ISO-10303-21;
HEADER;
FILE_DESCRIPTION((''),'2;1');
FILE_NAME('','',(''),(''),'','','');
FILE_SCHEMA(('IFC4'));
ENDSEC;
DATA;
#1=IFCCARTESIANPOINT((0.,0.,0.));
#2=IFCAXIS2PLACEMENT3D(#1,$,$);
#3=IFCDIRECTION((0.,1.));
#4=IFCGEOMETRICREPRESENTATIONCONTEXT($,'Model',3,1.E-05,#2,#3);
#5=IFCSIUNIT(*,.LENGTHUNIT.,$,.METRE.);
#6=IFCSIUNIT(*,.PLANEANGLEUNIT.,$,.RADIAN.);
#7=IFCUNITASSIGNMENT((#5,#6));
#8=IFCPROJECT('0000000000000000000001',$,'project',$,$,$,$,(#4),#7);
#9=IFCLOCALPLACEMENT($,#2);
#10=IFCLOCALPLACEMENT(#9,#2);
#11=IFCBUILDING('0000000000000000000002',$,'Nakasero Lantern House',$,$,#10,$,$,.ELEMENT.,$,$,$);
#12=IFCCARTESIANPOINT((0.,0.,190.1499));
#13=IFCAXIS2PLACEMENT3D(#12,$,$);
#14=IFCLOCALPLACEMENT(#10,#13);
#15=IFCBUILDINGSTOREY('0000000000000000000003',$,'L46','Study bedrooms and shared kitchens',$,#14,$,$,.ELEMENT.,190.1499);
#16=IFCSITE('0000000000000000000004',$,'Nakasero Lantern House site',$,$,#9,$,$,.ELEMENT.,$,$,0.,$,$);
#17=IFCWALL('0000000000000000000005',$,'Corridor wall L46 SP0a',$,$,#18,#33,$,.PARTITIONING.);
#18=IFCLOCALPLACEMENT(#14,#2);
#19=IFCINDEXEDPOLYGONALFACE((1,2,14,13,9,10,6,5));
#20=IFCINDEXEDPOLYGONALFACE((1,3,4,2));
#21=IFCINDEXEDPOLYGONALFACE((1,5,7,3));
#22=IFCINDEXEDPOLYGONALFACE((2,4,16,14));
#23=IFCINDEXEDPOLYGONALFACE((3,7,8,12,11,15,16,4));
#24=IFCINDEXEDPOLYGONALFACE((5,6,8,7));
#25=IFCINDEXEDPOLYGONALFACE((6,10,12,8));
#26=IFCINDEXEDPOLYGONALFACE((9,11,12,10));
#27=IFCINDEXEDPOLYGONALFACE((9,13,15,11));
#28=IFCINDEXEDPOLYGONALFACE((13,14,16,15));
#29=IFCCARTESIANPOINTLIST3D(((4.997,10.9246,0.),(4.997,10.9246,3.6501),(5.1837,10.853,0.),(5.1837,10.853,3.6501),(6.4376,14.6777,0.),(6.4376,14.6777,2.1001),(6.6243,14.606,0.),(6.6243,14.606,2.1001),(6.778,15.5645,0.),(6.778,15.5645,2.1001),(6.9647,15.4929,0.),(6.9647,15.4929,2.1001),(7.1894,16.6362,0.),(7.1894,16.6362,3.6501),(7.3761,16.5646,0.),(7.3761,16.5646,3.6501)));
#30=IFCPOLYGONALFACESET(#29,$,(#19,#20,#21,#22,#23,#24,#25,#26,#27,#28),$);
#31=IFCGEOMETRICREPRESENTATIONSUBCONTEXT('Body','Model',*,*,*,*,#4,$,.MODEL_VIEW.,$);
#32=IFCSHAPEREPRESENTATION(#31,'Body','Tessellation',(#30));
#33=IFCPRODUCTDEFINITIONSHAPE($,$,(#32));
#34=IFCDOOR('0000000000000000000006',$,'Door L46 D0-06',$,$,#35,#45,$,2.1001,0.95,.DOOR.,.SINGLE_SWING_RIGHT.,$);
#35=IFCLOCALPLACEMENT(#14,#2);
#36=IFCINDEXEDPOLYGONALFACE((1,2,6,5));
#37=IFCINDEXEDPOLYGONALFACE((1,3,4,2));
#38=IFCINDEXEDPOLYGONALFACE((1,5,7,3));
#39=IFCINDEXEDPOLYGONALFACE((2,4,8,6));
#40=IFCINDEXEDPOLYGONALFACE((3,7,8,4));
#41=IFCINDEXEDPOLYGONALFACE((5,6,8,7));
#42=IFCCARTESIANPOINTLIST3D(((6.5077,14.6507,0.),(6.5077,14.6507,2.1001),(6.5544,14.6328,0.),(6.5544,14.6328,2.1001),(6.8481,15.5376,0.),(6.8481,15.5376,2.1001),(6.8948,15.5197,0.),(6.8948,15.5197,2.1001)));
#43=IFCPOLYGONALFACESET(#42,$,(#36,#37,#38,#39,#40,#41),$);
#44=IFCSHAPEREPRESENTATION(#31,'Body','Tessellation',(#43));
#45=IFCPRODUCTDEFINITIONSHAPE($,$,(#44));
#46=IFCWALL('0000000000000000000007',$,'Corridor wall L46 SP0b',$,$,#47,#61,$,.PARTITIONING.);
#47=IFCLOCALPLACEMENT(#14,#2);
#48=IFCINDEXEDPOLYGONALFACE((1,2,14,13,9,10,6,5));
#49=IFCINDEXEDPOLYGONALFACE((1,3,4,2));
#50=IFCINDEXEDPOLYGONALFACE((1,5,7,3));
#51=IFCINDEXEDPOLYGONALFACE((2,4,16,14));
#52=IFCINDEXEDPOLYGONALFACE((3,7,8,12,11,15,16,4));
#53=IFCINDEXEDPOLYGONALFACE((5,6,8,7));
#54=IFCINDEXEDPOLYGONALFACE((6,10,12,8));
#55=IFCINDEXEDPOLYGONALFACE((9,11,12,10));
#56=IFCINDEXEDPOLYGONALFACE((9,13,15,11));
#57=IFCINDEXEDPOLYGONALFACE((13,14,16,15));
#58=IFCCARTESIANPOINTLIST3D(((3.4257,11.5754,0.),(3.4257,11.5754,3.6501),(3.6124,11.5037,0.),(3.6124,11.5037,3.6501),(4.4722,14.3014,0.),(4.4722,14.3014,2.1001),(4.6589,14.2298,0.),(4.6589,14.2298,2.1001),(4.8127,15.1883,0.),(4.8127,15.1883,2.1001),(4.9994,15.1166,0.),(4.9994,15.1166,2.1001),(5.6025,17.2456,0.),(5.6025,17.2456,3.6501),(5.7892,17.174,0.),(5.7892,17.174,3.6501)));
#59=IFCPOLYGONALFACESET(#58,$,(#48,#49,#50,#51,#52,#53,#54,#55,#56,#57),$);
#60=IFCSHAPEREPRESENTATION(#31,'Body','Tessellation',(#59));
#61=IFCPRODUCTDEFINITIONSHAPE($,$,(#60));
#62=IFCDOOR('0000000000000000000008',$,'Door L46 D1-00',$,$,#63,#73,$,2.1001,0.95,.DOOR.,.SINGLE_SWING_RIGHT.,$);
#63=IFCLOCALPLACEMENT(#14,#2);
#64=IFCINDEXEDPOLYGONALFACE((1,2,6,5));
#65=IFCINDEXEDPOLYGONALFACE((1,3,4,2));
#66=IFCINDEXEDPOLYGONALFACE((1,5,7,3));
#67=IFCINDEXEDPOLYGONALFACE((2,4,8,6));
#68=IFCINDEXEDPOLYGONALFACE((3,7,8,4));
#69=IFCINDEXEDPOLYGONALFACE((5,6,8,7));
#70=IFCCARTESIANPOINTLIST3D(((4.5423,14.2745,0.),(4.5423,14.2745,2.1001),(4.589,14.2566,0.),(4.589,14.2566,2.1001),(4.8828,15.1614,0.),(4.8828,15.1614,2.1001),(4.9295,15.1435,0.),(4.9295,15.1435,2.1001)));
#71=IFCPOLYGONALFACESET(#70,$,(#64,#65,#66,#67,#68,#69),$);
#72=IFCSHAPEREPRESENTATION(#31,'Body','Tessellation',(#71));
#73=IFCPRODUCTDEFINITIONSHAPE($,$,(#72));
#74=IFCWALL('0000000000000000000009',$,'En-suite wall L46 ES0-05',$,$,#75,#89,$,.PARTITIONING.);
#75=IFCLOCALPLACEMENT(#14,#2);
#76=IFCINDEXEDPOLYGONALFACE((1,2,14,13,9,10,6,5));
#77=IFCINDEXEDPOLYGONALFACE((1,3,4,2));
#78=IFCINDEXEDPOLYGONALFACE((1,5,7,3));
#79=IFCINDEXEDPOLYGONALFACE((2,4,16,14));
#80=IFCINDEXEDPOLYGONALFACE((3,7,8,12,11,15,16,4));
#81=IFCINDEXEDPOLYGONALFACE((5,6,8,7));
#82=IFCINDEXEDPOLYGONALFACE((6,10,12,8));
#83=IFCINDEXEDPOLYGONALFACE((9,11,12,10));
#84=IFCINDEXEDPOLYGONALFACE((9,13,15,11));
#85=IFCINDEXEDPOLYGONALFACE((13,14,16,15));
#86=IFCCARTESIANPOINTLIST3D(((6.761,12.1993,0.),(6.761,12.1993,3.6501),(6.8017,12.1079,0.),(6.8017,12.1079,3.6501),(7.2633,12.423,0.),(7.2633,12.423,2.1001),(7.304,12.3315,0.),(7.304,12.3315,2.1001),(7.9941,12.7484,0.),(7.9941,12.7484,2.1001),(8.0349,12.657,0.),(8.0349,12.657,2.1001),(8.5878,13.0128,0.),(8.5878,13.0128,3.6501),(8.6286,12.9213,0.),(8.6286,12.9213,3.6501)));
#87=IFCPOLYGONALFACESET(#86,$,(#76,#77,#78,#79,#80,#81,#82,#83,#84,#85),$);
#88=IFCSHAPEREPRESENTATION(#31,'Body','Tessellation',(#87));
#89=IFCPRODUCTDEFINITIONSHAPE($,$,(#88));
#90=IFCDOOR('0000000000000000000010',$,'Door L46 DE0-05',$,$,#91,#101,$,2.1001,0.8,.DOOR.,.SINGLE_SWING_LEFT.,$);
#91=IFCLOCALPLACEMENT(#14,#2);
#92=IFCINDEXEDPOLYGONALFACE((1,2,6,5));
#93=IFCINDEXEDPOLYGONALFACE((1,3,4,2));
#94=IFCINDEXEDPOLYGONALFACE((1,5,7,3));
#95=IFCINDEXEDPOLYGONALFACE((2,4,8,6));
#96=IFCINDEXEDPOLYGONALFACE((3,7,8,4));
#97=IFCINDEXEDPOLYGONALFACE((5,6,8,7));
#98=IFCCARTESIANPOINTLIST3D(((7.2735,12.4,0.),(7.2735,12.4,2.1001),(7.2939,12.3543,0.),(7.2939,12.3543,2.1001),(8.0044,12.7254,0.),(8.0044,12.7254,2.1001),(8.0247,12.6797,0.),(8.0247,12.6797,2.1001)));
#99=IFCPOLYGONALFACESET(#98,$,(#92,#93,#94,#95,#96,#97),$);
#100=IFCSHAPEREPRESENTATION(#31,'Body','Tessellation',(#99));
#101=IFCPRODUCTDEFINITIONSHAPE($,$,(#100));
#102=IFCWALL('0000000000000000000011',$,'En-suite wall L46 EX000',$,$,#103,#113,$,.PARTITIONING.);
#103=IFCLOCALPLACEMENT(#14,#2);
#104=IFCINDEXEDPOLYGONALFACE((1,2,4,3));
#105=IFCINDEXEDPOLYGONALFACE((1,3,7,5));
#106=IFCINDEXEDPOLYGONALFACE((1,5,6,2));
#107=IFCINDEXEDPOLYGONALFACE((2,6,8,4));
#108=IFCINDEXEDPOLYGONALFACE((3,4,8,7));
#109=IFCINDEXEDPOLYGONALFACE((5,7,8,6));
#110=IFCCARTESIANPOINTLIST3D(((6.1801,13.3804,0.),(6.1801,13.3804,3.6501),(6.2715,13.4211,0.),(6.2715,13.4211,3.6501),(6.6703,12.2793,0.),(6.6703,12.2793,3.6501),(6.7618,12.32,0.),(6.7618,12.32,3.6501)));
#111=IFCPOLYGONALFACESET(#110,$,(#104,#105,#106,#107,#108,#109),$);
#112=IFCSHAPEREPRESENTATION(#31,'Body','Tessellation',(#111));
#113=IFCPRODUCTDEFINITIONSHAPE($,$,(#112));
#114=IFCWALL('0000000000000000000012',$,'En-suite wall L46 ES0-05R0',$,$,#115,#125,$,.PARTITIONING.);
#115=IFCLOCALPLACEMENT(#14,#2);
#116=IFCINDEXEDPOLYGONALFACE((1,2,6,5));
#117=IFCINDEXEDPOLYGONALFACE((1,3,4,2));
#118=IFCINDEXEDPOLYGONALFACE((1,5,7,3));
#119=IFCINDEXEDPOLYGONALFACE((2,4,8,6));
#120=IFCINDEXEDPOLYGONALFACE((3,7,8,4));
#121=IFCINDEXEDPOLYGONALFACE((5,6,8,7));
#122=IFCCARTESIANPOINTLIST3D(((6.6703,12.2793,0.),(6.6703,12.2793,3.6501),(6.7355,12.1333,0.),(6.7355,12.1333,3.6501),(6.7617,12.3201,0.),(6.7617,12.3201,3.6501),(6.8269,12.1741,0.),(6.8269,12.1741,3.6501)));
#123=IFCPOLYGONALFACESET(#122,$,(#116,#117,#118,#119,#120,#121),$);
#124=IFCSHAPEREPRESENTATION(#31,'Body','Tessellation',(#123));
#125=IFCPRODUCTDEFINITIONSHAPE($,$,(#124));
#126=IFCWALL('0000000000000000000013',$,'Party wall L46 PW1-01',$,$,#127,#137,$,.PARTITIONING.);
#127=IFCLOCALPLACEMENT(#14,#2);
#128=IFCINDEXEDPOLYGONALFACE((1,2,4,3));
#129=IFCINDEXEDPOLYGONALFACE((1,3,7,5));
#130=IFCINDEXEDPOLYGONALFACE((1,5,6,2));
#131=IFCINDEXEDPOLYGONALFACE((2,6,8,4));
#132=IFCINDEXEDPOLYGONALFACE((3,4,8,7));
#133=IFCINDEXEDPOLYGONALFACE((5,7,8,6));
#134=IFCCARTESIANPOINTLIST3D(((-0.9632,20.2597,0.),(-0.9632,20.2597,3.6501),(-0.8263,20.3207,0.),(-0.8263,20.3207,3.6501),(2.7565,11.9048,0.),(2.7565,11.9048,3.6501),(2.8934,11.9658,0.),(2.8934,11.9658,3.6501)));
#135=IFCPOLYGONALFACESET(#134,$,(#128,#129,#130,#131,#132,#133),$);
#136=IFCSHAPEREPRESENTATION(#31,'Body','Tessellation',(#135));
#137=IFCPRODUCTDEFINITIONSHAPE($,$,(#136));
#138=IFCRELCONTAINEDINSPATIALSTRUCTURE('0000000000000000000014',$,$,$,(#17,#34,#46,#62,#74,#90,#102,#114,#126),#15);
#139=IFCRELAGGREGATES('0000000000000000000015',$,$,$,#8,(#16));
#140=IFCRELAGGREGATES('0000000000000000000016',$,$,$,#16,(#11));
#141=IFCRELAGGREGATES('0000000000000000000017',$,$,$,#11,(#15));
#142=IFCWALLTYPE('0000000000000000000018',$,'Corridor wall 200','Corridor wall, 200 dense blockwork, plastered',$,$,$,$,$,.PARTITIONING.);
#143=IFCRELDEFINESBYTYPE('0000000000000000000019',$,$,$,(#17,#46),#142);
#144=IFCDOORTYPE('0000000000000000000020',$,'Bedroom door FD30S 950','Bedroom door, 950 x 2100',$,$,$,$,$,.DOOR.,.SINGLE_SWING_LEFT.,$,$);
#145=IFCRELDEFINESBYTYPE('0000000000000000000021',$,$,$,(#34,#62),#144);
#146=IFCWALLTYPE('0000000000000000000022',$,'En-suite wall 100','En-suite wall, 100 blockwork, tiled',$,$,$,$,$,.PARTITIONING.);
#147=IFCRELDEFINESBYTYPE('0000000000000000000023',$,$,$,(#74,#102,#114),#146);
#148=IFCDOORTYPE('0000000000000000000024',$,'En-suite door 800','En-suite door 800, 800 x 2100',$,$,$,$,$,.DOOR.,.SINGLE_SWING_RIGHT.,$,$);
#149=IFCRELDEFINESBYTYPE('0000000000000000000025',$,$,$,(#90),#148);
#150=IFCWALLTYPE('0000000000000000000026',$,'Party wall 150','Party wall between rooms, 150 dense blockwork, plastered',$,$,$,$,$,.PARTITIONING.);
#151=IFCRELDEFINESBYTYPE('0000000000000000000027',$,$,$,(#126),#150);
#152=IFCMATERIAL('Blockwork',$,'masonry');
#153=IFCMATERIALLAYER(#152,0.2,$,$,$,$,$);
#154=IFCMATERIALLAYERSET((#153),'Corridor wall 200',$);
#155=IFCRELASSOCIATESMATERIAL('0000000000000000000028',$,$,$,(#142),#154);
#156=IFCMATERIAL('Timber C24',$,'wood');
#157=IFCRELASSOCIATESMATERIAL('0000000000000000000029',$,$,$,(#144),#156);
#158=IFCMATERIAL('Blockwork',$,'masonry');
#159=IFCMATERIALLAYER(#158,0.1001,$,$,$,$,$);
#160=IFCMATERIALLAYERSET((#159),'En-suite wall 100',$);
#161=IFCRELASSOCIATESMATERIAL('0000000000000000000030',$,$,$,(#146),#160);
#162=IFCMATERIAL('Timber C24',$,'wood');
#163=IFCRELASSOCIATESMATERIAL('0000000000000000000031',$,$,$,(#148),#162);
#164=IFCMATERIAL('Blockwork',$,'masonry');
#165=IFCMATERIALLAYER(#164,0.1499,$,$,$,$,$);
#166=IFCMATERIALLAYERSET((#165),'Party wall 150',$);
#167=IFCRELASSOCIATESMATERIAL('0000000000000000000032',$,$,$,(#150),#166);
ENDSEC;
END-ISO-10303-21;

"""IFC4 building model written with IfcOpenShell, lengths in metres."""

from ifc_helpers import new_model, si_unit, direction, frame, frame_2d, origin, place, context, subcontext, project, spatial, rectangle, extrude, material, layer, layer_set, type_object, element, fill, save


model = new_model("IFC4")

# Units and contexts
model_context = context("Model", 3, precision=1e-05, world=origin(), true_north=direction((0.0, 1.0)))
body_context = subcontext(model_context, "Body", "Model", "MODEL_VIEW")
ifc_project = project(units=[si_unit("LENGTHUNIT", "METRE"), si_unit("PLANEANGLEUNIT", "RADIAN")], contexts=[model_context])

# Site, building, storey
site_placement = place(None, origin())
site = spatial("IfcSite", under=ifc_project, at=site_placement, Name="Nakasero Lantern House site", CompositionType="ELEMENT", RefElevation=0.0)
building_placement = place(site_placement, origin())
building = spatial("IfcBuilding", under=site, at=building_placement, Name="Nakasero Lantern House", CompositionType="ELEMENT")
storey_placement = place(building_placement, frame((0.0, 0.0, 190.1499)))
storey = spatial("IfcBuildingStorey", under=building, at=storey_placement, Name="L46", Description="Study bedrooms and shared kitchens", CompositionType="ELEMENT", Elevation=190.1499)

# Shared definitions
ifc_material_1 = material(Name="Blockwork", Category="masonry")
ifc_layer_1 = layer(ifc_material_1, 0.2)
ifc_layer_set_1 = layer_set([ifc_layer_1], Name="Corridor wall 200")
wall_type_1 = type_object("IfcWallType", Name="Corridor wall 200", Description="Corridor wall, 200 dense blockwork, plastered", PredefinedType="PARTITIONING", material=ifc_layer_set_1)

# Walls, openings, doors
wall_1_placement = place(storey_placement, frame((5.0903, 10.8887, 0.0), z_axis=(0.0, 0.0, 1.0), x_axis=(0.358351, 0.933587, 0.0)))
wall_1 = element("IfcWall", 1, at=wall_1_placement, inside=storey, type_object=wall_type_1, Name="Corridor wall L46 SP0a", PredefinedType="PARTITIONING", context=body_context, shape_type="SweptSolid", body=[
    extrude(rectangle(XDim=6.1179, YDim=0.2, at=frame_2d((3.0591, 0.0))), origin(), (0.0, 0.0, 1.0), 3.6501),
])
opening_1_placement = place(wall_1_placement, frame((4.02, 0.0, 0.0)))
opening_1 = element("IfcOpeningElement", 2, at=opening_1_placement, cuts=wall_1, PredefinedType="OPENING", context=body_context, shape_type="SweptSolid", body=[
    extrude(rectangle(XDim=0.95, YDim=2.1001, at=frame_2d((0.4751, 1.05))), frame((0.0, 0.1199, 0.0), z_axis=(0.0, -1.0, 0.0), x_axis=(1.0, 0.0, 0.0)), (0.0, 0.0, 1.0), 0.24),
])
ifc_material_2 = material(Name="Timber C24", Category="wood")
door_type_1 = type_object("IfcDoorType", Name="Bedroom door FD30S 950", Description="Bedroom door, 950 x 2100", OperationType="SINGLE_SWING_LEFT", PredefinedType="DOOR", material=ifc_material_2)
door_1_placement = place(opening_1_placement, origin())
door_1 = element("IfcDoor", 3, at=door_1_placement, inside=storey, type_object=door_type_1, Name="Door L46 D0-06", OperationType="SINGLE_SWING_RIGHT", OverallHeight=2.1001, OverallWidth=0.95, PredefinedType="DOOR", context=body_context, shape_type="SweptSolid", body=[
    extrude(rectangle(XDim=0.95, YDim=2.1001, at=frame_2d((0.4751, 1.05))), frame((0.0, 0.0249, 0.0), z_axis=(0.0, -1.0, 0.0), x_axis=(1.0, 0.0, 0.0)), (0.0, 0.0, 1.0), 0.05),
])
fill(opening_1, door_1)
wall_2_placement = place(storey_placement, frame((3.519, 11.5396, 0.0), z_axis=(0.0, 0.0, 1.0), x_axis=(0.358394, 0.93357, 0.0)))
wall_2 = element("IfcWall", 4, at=wall_2_placement, inside=storey, type_object=wall_type_1, Name="Corridor wall L46 SP0b", PredefinedType="PARTITIONING", context=body_context, shape_type="SweptSolid", body=[
    extrude(rectangle(XDim=6.0737, YDim=0.2, at=frame_2d((3.0369, 0.0))), origin(), (0.0, 0.0, 1.0), 3.6501),
])
opening_2_placement = place(wall_2_placement, frame((2.9199, 0.0, 0.0)))
opening_2 = element("IfcOpeningElement", 5, at=opening_2_placement, cuts=wall_2, PredefinedType="OPENING", context=body_context, shape_type="SweptSolid", body=[
    extrude(rectangle(XDim=0.95, YDim=2.1001, at=frame_2d((0.4751, 1.05))), frame((0.0, 0.1199, 0.0), z_axis=(0.0, -1.0, 0.0), x_axis=(1.0, 0.0, 0.0)), (0.0, 0.0, 1.0), 0.24),
])
door_2_placement = place(opening_2_placement, origin())
door_2 = element("IfcDoor", 6, at=door_2_placement, inside=storey, type_object=door_type_1, Name="Door L46 D1-00", OperationType="SINGLE_SWING_RIGHT", OverallHeight=2.1001, OverallWidth=0.95, PredefinedType="DOOR", context=body_context, shape_type="SweptSolid", body=[
    extrude(rectangle(XDim=0.95, YDim=2.1001, at=frame_2d((0.4751, 1.05))), frame((0.0, 0.0249, 0.0), z_axis=(0.0, -1.0, 0.0), x_axis=(1.0, 0.0, 0.0)), (0.0, 0.0, 1.0), 0.05),
])
fill(opening_2, door_2)
ifc_material_3 = material(Name="Blockwork", Category="masonry")
ifc_layer_2 = layer(ifc_material_3, 0.1001)
ifc_layer_set_2 = layer_set([ifc_layer_2], Name="En-suite wall 100")
wall_type_2 = type_object("IfcWallType", Name="En-suite wall 100", Description="En-suite wall, 100 blockwork, tiled", PredefinedType="PARTITIONING", material=ifc_layer_set_2)
wall_3_placement = place(storey_placement, frame((6.7812, 12.1536, 0.0), z_axis=(0.0, 0.0, 1.0), x_axis=(0.913529, 0.406773, 0.0)))
wall_3 = element("IfcWall", 7, at=wall_3_placement, inside=storey, type_object=wall_type_2, Name="En-suite wall L46 ES0-05", PredefinedType="PARTITIONING", context=body_context, shape_type="SweptSolid", body=[
    extrude(rectangle(XDim=1.9998, YDim=0.1001, at=frame_2d((1.0, 0.0))), origin(), (0.0, 0.0, 1.0), 3.6501),
])
opening_3_placement = place(wall_3_placement, frame((0.55, 0.0, 0.0)))
opening_3 = element("IfcOpeningElement", 8, at=opening_3_placement, cuts=wall_3, PredefinedType="OPENING", context=body_context, shape_type="SweptSolid", body=[
    extrude(rectangle(XDim=0.8, YDim=2.1001, at=frame_2d((0.3999, 1.05))), frame((0.0, 0.0701, 0.0), z_axis=(0.0, -1.0, 0.0), x_axis=(1.0, 0.0, 0.0)), (0.0, 0.0, 1.0), 0.1401),
])
ifc_material_4 = material(Name="Timber C24", Category="wood")
door_type_2 = type_object("IfcDoorType", Name="En-suite door 800", Description="En-suite door 800, 800 x 2100", OperationType="SINGLE_SWING_RIGHT", PredefinedType="DOOR", material=ifc_material_4)
door_3_placement = place(opening_3_placement, origin())
door_3 = element("IfcDoor", 9, at=door_3_placement, inside=storey, type_object=door_type_2, Name="Door L46 DE0-05", OperationType="SINGLE_SWING_LEFT", OverallHeight=2.1001, OverallWidth=0.8, PredefinedType="DOOR", context=body_context, shape_type="SweptSolid", body=[
    extrude(rectangle(XDim=0.8, YDim=2.1001, at=frame_2d((0.3999, 1.05))), frame((0.0, 0.0249, 0.0), z_axis=(0.0, -1.0, 0.0), x_axis=(1.0, 0.0, 0.0)), (0.0, 0.0, 1.0), 0.05),
])
fill(opening_3, door_3)

# Walls
wall_4_placement = place(storey_placement, frame((6.2258, 13.4006, 0.0), z_axis=(0.0, 0.0, 1.0), x_axis=(0.40674, -0.913544, 0.0)))
element("IfcWall", 10, at=wall_4_placement, inside=storey, type_object=wall_type_2, Name="En-suite wall L46 EX000", PredefinedType="PARTITIONING", context=body_context, shape_type="SweptSolid", body=[
    extrude(rectangle(XDim=1.2053, YDim=0.1001, at=frame_2d((0.6025, 0.0))), origin(), (0.0, 0.0, 1.0), 3.6501),
])
wall_5_placement = place(storey_placement, frame((6.7812, 12.1536, 0.0), z_axis=(0.0, 0.0, 1.0), x_axis=(-0.407696, 0.913118, 0.0)))
element("IfcWall", 11, at=wall_5_placement, inside=storey, type_object=wall_type_2, Name="En-suite wall L46 ES0-05R0", PredefinedType="PARTITIONING", context=body_context, shape_type="SweptSolid", body=[
    extrude(rectangle(XDim=0.1599, YDim=0.1001, at=frame_2d((0.0801, 0.0))), origin(), (0.0, 0.0, 1.0), 3.6501),
])
ifc_material_5 = material(Name="Blockwork", Category="masonry")
ifc_layer_3 = layer(ifc_material_5, 0.1499)
ifc_layer_set_3 = layer_set([ifc_layer_3], Name="Party wall 150")
wall_type_3 = type_object("IfcWallType", Name="Party wall 150", Description="Party wall between rooms, 150 dense blockwork, plastered", PredefinedType="PARTITIONING", material=ifc_layer_set_3)
wall_6_placement = place(storey_placement, frame((2.825, 11.9353, 0.0), z_axis=(0.0, 0.0, 1.0), x_axis=(-0.406723, 0.913552, 0.0)))
element("IfcWall", 12, at=wall_6_placement, inside=storey, type_object=wall_type_3, Name="Party wall L46 PW1-01", PredefinedType="PARTITIONING", context=body_context, shape_type="SweptSolid", body=[
    extrude(rectangle(XDim=9.1455, YDim=0.1499, at=frame_2d((4.5728, 0.0))), origin(), (0.0, 0.0, 1.0), 3.6501),
])

save(model, "model.ifc")
